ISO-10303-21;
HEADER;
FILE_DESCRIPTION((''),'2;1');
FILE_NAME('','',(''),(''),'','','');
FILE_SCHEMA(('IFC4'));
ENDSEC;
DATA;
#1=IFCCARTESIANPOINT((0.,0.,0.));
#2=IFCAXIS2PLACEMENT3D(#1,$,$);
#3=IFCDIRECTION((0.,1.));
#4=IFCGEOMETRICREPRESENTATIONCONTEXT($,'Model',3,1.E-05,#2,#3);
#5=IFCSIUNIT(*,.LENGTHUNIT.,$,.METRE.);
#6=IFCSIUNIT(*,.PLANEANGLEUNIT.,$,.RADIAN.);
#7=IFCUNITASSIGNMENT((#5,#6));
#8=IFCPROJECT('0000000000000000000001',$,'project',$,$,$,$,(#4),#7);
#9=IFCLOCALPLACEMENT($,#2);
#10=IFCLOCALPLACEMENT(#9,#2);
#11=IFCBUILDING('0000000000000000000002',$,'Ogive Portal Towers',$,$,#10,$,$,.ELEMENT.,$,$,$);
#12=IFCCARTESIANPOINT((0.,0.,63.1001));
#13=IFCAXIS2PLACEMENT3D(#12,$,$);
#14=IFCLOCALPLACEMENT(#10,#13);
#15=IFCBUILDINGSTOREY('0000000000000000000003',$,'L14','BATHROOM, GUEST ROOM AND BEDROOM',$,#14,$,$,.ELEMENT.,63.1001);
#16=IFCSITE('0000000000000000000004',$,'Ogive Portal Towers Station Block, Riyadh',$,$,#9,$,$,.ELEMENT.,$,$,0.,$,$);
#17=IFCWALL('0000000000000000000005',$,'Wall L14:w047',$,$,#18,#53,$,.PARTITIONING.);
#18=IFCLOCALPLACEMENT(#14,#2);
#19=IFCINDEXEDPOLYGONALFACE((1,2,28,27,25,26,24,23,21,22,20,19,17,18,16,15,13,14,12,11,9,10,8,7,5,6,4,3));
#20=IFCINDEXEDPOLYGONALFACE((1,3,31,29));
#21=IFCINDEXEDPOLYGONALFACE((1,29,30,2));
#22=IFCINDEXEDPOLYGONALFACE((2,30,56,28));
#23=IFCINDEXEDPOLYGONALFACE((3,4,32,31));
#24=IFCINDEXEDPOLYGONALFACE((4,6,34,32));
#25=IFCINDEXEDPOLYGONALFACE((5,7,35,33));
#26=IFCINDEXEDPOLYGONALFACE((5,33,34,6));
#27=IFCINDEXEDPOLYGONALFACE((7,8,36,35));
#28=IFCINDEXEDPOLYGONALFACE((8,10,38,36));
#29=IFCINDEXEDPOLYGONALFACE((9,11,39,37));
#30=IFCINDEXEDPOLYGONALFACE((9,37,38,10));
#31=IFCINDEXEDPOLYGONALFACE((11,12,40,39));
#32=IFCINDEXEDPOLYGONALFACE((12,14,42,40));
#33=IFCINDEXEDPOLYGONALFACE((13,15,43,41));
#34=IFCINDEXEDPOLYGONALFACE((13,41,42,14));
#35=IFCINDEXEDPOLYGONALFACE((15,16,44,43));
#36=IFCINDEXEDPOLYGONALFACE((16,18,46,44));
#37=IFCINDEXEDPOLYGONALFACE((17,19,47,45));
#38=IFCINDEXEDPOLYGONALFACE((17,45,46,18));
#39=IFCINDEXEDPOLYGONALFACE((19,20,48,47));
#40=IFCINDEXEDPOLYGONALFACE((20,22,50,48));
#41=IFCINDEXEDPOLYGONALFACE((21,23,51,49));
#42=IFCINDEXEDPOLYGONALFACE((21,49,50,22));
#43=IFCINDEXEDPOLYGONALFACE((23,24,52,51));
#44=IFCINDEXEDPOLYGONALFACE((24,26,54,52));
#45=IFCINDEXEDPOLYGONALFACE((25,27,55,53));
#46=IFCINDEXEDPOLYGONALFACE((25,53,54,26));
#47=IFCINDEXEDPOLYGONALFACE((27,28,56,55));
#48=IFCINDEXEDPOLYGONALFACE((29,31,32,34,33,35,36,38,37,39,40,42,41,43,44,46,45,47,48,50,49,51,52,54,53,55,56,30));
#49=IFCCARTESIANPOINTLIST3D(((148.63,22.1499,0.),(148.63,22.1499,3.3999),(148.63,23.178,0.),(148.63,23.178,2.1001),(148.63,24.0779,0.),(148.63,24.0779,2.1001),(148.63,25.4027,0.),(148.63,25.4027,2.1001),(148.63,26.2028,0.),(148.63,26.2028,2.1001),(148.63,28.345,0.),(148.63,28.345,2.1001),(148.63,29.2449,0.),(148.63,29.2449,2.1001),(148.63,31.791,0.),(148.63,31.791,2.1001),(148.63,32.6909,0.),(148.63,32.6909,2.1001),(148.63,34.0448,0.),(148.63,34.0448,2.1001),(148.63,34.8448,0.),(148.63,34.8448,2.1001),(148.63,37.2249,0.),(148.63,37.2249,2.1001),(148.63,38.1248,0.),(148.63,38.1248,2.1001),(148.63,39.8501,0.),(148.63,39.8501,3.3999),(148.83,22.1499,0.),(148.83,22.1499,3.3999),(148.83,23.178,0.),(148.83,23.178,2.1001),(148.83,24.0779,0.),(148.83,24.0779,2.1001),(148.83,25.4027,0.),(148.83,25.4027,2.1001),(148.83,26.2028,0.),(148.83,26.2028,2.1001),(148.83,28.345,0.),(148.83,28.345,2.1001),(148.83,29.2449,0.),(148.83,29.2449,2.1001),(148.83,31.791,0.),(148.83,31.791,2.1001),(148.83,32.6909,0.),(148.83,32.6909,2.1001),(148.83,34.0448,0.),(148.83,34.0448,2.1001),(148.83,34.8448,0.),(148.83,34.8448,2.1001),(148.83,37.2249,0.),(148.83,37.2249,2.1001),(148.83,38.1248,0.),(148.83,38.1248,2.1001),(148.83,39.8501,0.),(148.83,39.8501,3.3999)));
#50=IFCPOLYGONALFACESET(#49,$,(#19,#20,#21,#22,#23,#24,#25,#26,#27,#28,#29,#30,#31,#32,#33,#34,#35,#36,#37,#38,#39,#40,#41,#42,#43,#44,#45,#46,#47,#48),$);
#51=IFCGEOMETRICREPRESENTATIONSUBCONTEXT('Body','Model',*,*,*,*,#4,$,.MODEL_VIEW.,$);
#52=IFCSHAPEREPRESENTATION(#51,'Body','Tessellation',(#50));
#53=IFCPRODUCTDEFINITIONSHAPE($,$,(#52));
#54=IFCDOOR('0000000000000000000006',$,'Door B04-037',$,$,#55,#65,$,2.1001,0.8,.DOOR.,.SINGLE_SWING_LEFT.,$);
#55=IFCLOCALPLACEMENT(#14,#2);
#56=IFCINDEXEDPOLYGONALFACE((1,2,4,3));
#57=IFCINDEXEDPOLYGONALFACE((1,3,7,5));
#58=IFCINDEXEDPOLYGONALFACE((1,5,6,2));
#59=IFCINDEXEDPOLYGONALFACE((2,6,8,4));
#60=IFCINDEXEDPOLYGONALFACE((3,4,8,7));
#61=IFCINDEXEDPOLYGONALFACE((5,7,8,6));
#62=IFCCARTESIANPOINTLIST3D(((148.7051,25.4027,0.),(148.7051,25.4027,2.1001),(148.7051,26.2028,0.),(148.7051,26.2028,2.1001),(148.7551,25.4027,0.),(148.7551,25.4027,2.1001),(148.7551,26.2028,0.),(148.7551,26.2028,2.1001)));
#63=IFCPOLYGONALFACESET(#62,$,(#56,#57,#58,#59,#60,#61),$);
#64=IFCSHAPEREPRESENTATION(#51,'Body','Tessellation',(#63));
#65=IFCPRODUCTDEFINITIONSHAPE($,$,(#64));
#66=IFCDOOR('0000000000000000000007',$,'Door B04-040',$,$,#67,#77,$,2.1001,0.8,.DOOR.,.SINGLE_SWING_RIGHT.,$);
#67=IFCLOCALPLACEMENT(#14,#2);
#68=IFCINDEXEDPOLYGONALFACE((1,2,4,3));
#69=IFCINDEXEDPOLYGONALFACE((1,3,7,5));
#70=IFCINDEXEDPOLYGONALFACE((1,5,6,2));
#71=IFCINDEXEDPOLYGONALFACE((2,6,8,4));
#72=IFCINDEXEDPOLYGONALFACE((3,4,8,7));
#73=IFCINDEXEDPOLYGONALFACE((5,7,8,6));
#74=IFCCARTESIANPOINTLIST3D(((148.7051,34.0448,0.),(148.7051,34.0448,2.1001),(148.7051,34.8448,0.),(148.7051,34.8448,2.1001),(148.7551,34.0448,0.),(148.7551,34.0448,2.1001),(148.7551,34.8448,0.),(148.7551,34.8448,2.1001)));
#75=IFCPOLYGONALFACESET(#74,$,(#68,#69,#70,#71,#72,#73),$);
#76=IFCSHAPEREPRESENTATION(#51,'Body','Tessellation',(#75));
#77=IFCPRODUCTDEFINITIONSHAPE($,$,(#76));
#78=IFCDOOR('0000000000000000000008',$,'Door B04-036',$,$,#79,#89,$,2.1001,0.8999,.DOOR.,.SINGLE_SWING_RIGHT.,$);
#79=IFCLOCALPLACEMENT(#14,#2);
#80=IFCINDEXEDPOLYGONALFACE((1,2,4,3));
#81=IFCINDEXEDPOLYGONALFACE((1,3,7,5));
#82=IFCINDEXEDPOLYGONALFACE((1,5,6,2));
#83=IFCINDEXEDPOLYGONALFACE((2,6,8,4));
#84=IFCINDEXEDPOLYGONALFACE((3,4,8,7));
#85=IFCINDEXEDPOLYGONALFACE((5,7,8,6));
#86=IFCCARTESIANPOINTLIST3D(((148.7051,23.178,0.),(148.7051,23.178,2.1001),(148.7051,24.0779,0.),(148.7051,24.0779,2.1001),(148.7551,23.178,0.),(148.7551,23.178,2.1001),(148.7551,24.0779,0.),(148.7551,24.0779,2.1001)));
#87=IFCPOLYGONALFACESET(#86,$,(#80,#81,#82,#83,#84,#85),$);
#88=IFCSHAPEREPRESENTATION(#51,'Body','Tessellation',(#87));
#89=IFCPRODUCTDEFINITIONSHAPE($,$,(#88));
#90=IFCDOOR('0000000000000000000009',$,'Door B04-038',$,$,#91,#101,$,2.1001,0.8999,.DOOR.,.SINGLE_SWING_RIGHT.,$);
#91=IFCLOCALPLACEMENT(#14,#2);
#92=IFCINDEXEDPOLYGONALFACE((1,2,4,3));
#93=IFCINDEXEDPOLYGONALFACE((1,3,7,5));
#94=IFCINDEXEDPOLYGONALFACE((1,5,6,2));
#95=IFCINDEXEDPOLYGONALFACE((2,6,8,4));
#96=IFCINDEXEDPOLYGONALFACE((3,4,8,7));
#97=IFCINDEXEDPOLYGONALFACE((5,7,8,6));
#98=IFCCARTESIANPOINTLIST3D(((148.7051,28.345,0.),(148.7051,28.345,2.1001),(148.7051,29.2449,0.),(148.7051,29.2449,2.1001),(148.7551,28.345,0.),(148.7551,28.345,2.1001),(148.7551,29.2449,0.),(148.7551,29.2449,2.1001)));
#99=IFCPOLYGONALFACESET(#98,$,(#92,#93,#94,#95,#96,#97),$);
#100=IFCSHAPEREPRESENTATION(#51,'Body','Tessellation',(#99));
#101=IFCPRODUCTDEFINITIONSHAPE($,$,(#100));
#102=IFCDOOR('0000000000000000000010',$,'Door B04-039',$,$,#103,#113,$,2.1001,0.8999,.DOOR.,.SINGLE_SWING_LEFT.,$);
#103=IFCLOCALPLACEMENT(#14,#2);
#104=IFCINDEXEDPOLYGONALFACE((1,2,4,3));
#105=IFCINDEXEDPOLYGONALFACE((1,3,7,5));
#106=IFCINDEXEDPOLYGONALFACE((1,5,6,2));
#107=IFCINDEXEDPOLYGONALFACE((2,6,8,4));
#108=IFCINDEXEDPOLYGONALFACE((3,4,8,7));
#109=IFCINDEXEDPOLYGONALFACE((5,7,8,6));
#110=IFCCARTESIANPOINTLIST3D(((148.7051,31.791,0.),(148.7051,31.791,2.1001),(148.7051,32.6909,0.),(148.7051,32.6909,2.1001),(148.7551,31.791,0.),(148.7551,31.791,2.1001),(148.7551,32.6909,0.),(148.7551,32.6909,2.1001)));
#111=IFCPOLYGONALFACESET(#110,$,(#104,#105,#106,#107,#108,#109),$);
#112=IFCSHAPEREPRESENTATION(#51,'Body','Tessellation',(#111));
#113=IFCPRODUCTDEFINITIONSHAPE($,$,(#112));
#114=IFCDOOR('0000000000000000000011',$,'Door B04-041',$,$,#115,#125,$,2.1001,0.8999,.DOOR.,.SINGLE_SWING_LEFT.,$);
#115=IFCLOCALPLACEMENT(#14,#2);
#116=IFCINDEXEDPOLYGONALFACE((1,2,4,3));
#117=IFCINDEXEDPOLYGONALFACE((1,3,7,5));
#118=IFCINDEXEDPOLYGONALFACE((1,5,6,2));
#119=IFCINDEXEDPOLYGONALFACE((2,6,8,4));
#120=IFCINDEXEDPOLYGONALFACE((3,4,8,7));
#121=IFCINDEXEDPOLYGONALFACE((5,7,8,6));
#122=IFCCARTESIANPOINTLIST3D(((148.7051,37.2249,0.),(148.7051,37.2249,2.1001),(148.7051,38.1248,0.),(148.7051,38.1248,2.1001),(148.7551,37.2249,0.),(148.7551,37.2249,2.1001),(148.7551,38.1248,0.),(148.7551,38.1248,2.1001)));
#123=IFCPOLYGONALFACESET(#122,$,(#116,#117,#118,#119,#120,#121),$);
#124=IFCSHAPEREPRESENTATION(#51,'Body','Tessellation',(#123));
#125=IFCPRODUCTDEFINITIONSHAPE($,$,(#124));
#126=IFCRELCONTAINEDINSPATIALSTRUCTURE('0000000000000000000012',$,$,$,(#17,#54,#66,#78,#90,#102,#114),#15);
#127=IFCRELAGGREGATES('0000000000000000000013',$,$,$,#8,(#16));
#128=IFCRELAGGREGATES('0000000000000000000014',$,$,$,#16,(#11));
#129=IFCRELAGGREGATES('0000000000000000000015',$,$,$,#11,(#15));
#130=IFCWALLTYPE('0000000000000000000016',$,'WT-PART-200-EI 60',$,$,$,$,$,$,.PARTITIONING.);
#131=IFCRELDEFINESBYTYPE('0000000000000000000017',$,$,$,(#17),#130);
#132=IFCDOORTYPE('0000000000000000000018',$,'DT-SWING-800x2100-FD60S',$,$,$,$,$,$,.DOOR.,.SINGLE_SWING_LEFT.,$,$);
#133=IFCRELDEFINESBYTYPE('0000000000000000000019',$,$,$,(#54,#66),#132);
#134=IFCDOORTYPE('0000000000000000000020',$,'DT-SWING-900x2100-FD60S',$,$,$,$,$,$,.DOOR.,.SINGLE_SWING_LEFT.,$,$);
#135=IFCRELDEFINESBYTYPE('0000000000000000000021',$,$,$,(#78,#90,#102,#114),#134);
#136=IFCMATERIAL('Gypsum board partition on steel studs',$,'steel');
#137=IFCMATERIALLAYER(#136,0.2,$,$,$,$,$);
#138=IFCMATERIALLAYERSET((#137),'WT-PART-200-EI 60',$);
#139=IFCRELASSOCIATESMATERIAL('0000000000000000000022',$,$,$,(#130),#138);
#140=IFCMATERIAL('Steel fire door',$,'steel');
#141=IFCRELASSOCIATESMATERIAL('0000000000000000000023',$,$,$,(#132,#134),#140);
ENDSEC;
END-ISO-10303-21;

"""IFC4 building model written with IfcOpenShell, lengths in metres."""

from ifc_helpers import new_model, si_unit, direction, frame, frame_2d, origin, place, context, subcontext, project, spatial, rectangle, extrude, material, layer, layer_set, type_object, element, fill, save


model = new_model("IFC4")

# Units and contexts
model_context = context("Model", 3, precision=1e-05, world=origin(), true_north=direction((0.0, 1.0)))
body_context = subcontext(model_context, "Body", "Model", "MODEL_VIEW")
ifc_project = project(units=[si_unit("LENGTHUNIT", "METRE"), si_unit("PLANEANGLEUNIT", "RADIAN")], contexts=[model_context])

# Site, building, storey
site_placement = place(None, origin())
site = spatial("IfcSite", under=ifc_project, at=site_placement, Name="Ogive Portal Towers Station Block, Riyadh", CompositionType="ELEMENT", RefElevation=0.0)
building_placement = place(site_placement, origin())
building = spatial("IfcBuilding", under=site, at=building_placement, Name="Ogive Portal Towers", CompositionType="ELEMENT")
storey_placement = place(building_placement, frame((0.0, 0.0, 63.1001)))
storey = spatial("IfcBuildingStorey", under=building, at=storey_placement, Name="L14", Description="BATHROOM, GUEST ROOM AND BEDROOM", CompositionType="ELEMENT", Elevation=63.1001)

# Shared definitions
ifc_material_1 = material(Name="Gypsum board partition on steel studs", Category="steel")
ifc_layer_1 = layer(ifc_material_1, 0.2)
ifc_layer_set_1 = layer_set([ifc_layer_1], Name="WT-PART-200-EI 60")
wall_type_1 = type_object("IfcWallType", Name="WT-PART-200-EI 60", PredefinedType="PARTITIONING", material=ifc_layer_set_1)

# Shared definitions
ifc_material_2 = material(Name="Steel fire door", Category="steel")

# Wall, openings, doors
wall_1_placement = place(storey_placement, frame((148.73, 22.1499, 0.0), z_axis=(0.0, 0.0, 1.0), x_axis=(0.0, 1.0, 0.0)))
wall_1 = element("IfcWall", 1, at=wall_1_placement, inside=storey, type_object=wall_type_1, Name="Wall L14:w047", PredefinedType="PARTITIONING", context=body_context, shape_type="SweptSolid", body=[
    extrude(rectangle(XDim=17.7002, YDim=0.2, at=frame_2d((8.8501, 0.0))), origin(), (0.0, 0.0, 1.0), 3.3999),
])
opening_1_placement = place(wall_1_placement, frame((1.0281, 0.0, 0.0)))
opening_1 = element("IfcOpeningElement", 2, at=opening_1_placement, cuts=wall_1, PredefinedType="OPENING", context=body_context, shape_type="SweptSolid", body=[
    extrude(rectangle(XDim=0.8999, YDim=2.1001, at=frame_2d((0.45, 1.05))), frame((0.0, 0.1099, 0.0), z_axis=(0.0, -1.0, 0.0), x_axis=(1.0, 0.0, 0.0)), (0.0, 0.0, 1.0), 0.22),
])
opening_2_placement = place(wall_1_placement, frame((3.2529, 0.0, 0.0)))
opening_2 = element("IfcOpeningElement", 3, at=opening_2_placement, cuts=wall_1, PredefinedType="OPENING", context=body_context, shape_type="SweptSolid", body=[
    extrude(rectangle(XDim=0.8, YDim=2.1001, at=frame_2d((0.3999, 1.05))), frame((0.0, 0.1099, 0.0), z_axis=(0.0, -1.0, 0.0), x_axis=(1.0, 0.0, 0.0)), (0.0, 0.0, 1.0), 0.22),
])
opening_3_placement = place(wall_1_placement, frame((6.1951, 0.0, 0.0)))
opening_3 = element("IfcOpeningElement", 4, at=opening_3_placement, cuts=wall_1, PredefinedType="OPENING", context=body_context, shape_type="SweptSolid", body=[
    extrude(rectangle(XDim=0.8999, YDim=2.1001, at=frame_2d((0.45, 1.05))), frame((0.0, 0.1099, 0.0), z_axis=(0.0, -1.0, 0.0), x_axis=(1.0, 0.0, 0.0)), (0.0, 0.0, 1.0), 0.22),
])
opening_4_placement = place(wall_1_placement, frame((9.6411, 0.0, 0.0)))
opening_4 = element("IfcOpeningElement", 5, at=opening_4_placement, cuts=wall_1, PredefinedType="OPENING", context=body_context, shape_type="SweptSolid", body=[
    extrude(rectangle(XDim=0.8999, YDim=2.1001, at=frame_2d((0.45, 1.05))), frame((0.0, 0.1099, 0.0), z_axis=(0.0, -1.0, 0.0), x_axis=(1.0, 0.0, 0.0)), (0.0, 0.0, 1.0), 0.22),
])
opening_5_placement = place(wall_1_placement, frame((11.895, 0.0, 0.0)))
opening_5 = element("IfcOpeningElement", 6, at=opening_5_placement, cuts=wall_1, PredefinedType="OPENING", context=body_context, shape_type="SweptSolid", body=[
    extrude(rectangle(XDim=0.8, YDim=2.1001, at=frame_2d((0.3999, 1.05))), frame((0.0, 0.1099, 0.0), z_axis=(0.0, -1.0, 0.0), x_axis=(1.0, 0.0, 0.0)), (0.0, 0.0, 1.0), 0.22),
])
opening_6_placement = place(wall_1_placement, frame((15.075, 0.0, 0.0)))
opening_6 = element("IfcOpeningElement", 7, at=opening_6_placement, cuts=wall_1, PredefinedType="OPENING", context=body_context, shape_type="SweptSolid", body=[
    extrude(rectangle(XDim=0.8999, YDim=2.1001, at=frame_2d((0.45, 1.05))), frame((0.0, 0.1099, 0.0), z_axis=(0.0, -1.0, 0.0), x_axis=(1.0, 0.0, 0.0)), (0.0, 0.0, 1.0), 0.22),
])
door_type_1 = type_object("IfcDoorType", Name="DT-SWING-800x2100-FD60S", OperationType="SINGLE_SWING_LEFT", PredefinedType="DOOR", material=ifc_material_2)
door_1_placement = place(opening_2_placement, origin())
door_1 = element("IfcDoor", 8, at=door_1_placement, inside=storey, type_object=door_type_1, Name="Door B04-037", OperationType="SINGLE_SWING_LEFT", OverallHeight=2.1001, OverallWidth=0.8, PredefinedType="DOOR", context=body_context, shape_type="SweptSolid", body=[
    extrude(rectangle(XDim=0.8, YDim=2.1001, at=frame_2d((0.3999, 1.05))), frame((0.0, 0.0249, 0.0), z_axis=(0.0, -1.0, 0.0), x_axis=(1.0, 0.0, 0.0)), (0.0, 0.0, 1.0), 0.05),
])
fill(opening_2, door_1)
door_2_placement = place(opening_5_placement, origin())
door_2 = element("IfcDoor", 9, at=door_2_placement, inside=storey, type_object=door_type_1, Name="Door B04-040", OperationType="SINGLE_SWING_RIGHT", OverallHeight=2.1001, OverallWidth=0.8, PredefinedType="DOOR", context=body_context, shape_type="SweptSolid", body=[
    extrude(rectangle(XDim=0.8, YDim=2.1001, at=frame_2d((0.3999, 1.05))), frame((0.0, 0.0249, 0.0), z_axis=(0.0, -1.0, 0.0), x_axis=(1.0, 0.0, 0.0)), (0.0, 0.0, 1.0), 0.05),
])
fill(opening_5, door_2)
door_type_2 = type_object("IfcDoorType", Name="DT-SWING-900x2100-FD60S", OperationType="SINGLE_SWING_LEFT", PredefinedType="DOOR", material=ifc_material_2)
door_3_placement = place(opening_1_placement, origin())
door_3 = element("IfcDoor", 10, at=door_3_placement, inside=storey, type_object=door_type_2, Name="Door B04-036", OperationType="SINGLE_SWING_RIGHT", OverallHeight=2.1001, OverallWidth=0.8999, PredefinedType="DOOR", context=body_context, shape_type="SweptSolid", body=[
    extrude(rectangle(XDim=0.8999, YDim=2.1001, at=frame_2d((0.45, 1.05))), frame((0.0, 0.0249, 0.0), z_axis=(0.0, -1.0, 0.0), x_axis=(1.0, 0.0, 0.0)), (0.0, 0.0, 1.0), 0.05),
])
fill(opening_1, door_3)
door_4_placement = place(opening_3_placement, origin())
door_4 = element("IfcDoor", 11, at=door_4_placement, inside=storey, type_object=door_type_2, Name="Door B04-038", OperationType="SINGLE_SWING_RIGHT", OverallHeight=2.1001, OverallWidth=0.8999, PredefinedType="DOOR", context=body_context, shape_type="SweptSolid", body=[
    extrude(rectangle(XDim=0.8999, YDim=2.1001, at=frame_2d((0.45, 1.05))), frame((0.0, 0.0249, 0.0), z_axis=(0.0, -1.0, 0.0), x_axis=(1.0, 0.0, 0.0)), (0.0, 0.0, 1.0), 0.05),
])
fill(opening_3, door_4)
door_5_placement = place(opening_4_placement, origin())
door_5 = element("IfcDoor", 12, at=door_5_placement, inside=storey, type_object=door_type_2, Name="Door B04-039", OperationType="SINGLE_SWING_LEFT", OverallHeight=2.1001, OverallWidth=0.8999, PredefinedType="DOOR", context=body_context, shape_type="SweptSolid", body=[
    extrude(rectangle(XDim=0.8999, YDim=2.1001, at=frame_2d((0.45, 1.05))), frame((0.0, 0.0249, 0.0), z_axis=(0.0, -1.0, 0.0), x_axis=(1.0, 0.0, 0.0)), (0.0, 0.0, 1.0), 0.05),
])
fill(opening_4, door_5)
door_6_placement = place(opening_6_placement, origin())
door_6 = element("IfcDoor", 13, at=door_6_placement, inside=storey, type_object=door_type_2, Name="Door B04-041", OperationType="SINGLE_SWING_LEFT", OverallHeight=2.1001, OverallWidth=0.8999, PredefinedType="DOOR", context=body_context, shape_type="SweptSolid", body=[
    extrude(rectangle(XDim=0.8999, YDim=2.1001, at=frame_2d((0.45, 1.05))), frame((0.0, 0.0249, 0.0), z_axis=(0.0, -1.0, 0.0), x_axis=(1.0, 0.0, 0.0)), (0.0, 0.0, 1.0), 0.05),
])
fill(opening_6, door_6)

save(model, "model.ifc")
